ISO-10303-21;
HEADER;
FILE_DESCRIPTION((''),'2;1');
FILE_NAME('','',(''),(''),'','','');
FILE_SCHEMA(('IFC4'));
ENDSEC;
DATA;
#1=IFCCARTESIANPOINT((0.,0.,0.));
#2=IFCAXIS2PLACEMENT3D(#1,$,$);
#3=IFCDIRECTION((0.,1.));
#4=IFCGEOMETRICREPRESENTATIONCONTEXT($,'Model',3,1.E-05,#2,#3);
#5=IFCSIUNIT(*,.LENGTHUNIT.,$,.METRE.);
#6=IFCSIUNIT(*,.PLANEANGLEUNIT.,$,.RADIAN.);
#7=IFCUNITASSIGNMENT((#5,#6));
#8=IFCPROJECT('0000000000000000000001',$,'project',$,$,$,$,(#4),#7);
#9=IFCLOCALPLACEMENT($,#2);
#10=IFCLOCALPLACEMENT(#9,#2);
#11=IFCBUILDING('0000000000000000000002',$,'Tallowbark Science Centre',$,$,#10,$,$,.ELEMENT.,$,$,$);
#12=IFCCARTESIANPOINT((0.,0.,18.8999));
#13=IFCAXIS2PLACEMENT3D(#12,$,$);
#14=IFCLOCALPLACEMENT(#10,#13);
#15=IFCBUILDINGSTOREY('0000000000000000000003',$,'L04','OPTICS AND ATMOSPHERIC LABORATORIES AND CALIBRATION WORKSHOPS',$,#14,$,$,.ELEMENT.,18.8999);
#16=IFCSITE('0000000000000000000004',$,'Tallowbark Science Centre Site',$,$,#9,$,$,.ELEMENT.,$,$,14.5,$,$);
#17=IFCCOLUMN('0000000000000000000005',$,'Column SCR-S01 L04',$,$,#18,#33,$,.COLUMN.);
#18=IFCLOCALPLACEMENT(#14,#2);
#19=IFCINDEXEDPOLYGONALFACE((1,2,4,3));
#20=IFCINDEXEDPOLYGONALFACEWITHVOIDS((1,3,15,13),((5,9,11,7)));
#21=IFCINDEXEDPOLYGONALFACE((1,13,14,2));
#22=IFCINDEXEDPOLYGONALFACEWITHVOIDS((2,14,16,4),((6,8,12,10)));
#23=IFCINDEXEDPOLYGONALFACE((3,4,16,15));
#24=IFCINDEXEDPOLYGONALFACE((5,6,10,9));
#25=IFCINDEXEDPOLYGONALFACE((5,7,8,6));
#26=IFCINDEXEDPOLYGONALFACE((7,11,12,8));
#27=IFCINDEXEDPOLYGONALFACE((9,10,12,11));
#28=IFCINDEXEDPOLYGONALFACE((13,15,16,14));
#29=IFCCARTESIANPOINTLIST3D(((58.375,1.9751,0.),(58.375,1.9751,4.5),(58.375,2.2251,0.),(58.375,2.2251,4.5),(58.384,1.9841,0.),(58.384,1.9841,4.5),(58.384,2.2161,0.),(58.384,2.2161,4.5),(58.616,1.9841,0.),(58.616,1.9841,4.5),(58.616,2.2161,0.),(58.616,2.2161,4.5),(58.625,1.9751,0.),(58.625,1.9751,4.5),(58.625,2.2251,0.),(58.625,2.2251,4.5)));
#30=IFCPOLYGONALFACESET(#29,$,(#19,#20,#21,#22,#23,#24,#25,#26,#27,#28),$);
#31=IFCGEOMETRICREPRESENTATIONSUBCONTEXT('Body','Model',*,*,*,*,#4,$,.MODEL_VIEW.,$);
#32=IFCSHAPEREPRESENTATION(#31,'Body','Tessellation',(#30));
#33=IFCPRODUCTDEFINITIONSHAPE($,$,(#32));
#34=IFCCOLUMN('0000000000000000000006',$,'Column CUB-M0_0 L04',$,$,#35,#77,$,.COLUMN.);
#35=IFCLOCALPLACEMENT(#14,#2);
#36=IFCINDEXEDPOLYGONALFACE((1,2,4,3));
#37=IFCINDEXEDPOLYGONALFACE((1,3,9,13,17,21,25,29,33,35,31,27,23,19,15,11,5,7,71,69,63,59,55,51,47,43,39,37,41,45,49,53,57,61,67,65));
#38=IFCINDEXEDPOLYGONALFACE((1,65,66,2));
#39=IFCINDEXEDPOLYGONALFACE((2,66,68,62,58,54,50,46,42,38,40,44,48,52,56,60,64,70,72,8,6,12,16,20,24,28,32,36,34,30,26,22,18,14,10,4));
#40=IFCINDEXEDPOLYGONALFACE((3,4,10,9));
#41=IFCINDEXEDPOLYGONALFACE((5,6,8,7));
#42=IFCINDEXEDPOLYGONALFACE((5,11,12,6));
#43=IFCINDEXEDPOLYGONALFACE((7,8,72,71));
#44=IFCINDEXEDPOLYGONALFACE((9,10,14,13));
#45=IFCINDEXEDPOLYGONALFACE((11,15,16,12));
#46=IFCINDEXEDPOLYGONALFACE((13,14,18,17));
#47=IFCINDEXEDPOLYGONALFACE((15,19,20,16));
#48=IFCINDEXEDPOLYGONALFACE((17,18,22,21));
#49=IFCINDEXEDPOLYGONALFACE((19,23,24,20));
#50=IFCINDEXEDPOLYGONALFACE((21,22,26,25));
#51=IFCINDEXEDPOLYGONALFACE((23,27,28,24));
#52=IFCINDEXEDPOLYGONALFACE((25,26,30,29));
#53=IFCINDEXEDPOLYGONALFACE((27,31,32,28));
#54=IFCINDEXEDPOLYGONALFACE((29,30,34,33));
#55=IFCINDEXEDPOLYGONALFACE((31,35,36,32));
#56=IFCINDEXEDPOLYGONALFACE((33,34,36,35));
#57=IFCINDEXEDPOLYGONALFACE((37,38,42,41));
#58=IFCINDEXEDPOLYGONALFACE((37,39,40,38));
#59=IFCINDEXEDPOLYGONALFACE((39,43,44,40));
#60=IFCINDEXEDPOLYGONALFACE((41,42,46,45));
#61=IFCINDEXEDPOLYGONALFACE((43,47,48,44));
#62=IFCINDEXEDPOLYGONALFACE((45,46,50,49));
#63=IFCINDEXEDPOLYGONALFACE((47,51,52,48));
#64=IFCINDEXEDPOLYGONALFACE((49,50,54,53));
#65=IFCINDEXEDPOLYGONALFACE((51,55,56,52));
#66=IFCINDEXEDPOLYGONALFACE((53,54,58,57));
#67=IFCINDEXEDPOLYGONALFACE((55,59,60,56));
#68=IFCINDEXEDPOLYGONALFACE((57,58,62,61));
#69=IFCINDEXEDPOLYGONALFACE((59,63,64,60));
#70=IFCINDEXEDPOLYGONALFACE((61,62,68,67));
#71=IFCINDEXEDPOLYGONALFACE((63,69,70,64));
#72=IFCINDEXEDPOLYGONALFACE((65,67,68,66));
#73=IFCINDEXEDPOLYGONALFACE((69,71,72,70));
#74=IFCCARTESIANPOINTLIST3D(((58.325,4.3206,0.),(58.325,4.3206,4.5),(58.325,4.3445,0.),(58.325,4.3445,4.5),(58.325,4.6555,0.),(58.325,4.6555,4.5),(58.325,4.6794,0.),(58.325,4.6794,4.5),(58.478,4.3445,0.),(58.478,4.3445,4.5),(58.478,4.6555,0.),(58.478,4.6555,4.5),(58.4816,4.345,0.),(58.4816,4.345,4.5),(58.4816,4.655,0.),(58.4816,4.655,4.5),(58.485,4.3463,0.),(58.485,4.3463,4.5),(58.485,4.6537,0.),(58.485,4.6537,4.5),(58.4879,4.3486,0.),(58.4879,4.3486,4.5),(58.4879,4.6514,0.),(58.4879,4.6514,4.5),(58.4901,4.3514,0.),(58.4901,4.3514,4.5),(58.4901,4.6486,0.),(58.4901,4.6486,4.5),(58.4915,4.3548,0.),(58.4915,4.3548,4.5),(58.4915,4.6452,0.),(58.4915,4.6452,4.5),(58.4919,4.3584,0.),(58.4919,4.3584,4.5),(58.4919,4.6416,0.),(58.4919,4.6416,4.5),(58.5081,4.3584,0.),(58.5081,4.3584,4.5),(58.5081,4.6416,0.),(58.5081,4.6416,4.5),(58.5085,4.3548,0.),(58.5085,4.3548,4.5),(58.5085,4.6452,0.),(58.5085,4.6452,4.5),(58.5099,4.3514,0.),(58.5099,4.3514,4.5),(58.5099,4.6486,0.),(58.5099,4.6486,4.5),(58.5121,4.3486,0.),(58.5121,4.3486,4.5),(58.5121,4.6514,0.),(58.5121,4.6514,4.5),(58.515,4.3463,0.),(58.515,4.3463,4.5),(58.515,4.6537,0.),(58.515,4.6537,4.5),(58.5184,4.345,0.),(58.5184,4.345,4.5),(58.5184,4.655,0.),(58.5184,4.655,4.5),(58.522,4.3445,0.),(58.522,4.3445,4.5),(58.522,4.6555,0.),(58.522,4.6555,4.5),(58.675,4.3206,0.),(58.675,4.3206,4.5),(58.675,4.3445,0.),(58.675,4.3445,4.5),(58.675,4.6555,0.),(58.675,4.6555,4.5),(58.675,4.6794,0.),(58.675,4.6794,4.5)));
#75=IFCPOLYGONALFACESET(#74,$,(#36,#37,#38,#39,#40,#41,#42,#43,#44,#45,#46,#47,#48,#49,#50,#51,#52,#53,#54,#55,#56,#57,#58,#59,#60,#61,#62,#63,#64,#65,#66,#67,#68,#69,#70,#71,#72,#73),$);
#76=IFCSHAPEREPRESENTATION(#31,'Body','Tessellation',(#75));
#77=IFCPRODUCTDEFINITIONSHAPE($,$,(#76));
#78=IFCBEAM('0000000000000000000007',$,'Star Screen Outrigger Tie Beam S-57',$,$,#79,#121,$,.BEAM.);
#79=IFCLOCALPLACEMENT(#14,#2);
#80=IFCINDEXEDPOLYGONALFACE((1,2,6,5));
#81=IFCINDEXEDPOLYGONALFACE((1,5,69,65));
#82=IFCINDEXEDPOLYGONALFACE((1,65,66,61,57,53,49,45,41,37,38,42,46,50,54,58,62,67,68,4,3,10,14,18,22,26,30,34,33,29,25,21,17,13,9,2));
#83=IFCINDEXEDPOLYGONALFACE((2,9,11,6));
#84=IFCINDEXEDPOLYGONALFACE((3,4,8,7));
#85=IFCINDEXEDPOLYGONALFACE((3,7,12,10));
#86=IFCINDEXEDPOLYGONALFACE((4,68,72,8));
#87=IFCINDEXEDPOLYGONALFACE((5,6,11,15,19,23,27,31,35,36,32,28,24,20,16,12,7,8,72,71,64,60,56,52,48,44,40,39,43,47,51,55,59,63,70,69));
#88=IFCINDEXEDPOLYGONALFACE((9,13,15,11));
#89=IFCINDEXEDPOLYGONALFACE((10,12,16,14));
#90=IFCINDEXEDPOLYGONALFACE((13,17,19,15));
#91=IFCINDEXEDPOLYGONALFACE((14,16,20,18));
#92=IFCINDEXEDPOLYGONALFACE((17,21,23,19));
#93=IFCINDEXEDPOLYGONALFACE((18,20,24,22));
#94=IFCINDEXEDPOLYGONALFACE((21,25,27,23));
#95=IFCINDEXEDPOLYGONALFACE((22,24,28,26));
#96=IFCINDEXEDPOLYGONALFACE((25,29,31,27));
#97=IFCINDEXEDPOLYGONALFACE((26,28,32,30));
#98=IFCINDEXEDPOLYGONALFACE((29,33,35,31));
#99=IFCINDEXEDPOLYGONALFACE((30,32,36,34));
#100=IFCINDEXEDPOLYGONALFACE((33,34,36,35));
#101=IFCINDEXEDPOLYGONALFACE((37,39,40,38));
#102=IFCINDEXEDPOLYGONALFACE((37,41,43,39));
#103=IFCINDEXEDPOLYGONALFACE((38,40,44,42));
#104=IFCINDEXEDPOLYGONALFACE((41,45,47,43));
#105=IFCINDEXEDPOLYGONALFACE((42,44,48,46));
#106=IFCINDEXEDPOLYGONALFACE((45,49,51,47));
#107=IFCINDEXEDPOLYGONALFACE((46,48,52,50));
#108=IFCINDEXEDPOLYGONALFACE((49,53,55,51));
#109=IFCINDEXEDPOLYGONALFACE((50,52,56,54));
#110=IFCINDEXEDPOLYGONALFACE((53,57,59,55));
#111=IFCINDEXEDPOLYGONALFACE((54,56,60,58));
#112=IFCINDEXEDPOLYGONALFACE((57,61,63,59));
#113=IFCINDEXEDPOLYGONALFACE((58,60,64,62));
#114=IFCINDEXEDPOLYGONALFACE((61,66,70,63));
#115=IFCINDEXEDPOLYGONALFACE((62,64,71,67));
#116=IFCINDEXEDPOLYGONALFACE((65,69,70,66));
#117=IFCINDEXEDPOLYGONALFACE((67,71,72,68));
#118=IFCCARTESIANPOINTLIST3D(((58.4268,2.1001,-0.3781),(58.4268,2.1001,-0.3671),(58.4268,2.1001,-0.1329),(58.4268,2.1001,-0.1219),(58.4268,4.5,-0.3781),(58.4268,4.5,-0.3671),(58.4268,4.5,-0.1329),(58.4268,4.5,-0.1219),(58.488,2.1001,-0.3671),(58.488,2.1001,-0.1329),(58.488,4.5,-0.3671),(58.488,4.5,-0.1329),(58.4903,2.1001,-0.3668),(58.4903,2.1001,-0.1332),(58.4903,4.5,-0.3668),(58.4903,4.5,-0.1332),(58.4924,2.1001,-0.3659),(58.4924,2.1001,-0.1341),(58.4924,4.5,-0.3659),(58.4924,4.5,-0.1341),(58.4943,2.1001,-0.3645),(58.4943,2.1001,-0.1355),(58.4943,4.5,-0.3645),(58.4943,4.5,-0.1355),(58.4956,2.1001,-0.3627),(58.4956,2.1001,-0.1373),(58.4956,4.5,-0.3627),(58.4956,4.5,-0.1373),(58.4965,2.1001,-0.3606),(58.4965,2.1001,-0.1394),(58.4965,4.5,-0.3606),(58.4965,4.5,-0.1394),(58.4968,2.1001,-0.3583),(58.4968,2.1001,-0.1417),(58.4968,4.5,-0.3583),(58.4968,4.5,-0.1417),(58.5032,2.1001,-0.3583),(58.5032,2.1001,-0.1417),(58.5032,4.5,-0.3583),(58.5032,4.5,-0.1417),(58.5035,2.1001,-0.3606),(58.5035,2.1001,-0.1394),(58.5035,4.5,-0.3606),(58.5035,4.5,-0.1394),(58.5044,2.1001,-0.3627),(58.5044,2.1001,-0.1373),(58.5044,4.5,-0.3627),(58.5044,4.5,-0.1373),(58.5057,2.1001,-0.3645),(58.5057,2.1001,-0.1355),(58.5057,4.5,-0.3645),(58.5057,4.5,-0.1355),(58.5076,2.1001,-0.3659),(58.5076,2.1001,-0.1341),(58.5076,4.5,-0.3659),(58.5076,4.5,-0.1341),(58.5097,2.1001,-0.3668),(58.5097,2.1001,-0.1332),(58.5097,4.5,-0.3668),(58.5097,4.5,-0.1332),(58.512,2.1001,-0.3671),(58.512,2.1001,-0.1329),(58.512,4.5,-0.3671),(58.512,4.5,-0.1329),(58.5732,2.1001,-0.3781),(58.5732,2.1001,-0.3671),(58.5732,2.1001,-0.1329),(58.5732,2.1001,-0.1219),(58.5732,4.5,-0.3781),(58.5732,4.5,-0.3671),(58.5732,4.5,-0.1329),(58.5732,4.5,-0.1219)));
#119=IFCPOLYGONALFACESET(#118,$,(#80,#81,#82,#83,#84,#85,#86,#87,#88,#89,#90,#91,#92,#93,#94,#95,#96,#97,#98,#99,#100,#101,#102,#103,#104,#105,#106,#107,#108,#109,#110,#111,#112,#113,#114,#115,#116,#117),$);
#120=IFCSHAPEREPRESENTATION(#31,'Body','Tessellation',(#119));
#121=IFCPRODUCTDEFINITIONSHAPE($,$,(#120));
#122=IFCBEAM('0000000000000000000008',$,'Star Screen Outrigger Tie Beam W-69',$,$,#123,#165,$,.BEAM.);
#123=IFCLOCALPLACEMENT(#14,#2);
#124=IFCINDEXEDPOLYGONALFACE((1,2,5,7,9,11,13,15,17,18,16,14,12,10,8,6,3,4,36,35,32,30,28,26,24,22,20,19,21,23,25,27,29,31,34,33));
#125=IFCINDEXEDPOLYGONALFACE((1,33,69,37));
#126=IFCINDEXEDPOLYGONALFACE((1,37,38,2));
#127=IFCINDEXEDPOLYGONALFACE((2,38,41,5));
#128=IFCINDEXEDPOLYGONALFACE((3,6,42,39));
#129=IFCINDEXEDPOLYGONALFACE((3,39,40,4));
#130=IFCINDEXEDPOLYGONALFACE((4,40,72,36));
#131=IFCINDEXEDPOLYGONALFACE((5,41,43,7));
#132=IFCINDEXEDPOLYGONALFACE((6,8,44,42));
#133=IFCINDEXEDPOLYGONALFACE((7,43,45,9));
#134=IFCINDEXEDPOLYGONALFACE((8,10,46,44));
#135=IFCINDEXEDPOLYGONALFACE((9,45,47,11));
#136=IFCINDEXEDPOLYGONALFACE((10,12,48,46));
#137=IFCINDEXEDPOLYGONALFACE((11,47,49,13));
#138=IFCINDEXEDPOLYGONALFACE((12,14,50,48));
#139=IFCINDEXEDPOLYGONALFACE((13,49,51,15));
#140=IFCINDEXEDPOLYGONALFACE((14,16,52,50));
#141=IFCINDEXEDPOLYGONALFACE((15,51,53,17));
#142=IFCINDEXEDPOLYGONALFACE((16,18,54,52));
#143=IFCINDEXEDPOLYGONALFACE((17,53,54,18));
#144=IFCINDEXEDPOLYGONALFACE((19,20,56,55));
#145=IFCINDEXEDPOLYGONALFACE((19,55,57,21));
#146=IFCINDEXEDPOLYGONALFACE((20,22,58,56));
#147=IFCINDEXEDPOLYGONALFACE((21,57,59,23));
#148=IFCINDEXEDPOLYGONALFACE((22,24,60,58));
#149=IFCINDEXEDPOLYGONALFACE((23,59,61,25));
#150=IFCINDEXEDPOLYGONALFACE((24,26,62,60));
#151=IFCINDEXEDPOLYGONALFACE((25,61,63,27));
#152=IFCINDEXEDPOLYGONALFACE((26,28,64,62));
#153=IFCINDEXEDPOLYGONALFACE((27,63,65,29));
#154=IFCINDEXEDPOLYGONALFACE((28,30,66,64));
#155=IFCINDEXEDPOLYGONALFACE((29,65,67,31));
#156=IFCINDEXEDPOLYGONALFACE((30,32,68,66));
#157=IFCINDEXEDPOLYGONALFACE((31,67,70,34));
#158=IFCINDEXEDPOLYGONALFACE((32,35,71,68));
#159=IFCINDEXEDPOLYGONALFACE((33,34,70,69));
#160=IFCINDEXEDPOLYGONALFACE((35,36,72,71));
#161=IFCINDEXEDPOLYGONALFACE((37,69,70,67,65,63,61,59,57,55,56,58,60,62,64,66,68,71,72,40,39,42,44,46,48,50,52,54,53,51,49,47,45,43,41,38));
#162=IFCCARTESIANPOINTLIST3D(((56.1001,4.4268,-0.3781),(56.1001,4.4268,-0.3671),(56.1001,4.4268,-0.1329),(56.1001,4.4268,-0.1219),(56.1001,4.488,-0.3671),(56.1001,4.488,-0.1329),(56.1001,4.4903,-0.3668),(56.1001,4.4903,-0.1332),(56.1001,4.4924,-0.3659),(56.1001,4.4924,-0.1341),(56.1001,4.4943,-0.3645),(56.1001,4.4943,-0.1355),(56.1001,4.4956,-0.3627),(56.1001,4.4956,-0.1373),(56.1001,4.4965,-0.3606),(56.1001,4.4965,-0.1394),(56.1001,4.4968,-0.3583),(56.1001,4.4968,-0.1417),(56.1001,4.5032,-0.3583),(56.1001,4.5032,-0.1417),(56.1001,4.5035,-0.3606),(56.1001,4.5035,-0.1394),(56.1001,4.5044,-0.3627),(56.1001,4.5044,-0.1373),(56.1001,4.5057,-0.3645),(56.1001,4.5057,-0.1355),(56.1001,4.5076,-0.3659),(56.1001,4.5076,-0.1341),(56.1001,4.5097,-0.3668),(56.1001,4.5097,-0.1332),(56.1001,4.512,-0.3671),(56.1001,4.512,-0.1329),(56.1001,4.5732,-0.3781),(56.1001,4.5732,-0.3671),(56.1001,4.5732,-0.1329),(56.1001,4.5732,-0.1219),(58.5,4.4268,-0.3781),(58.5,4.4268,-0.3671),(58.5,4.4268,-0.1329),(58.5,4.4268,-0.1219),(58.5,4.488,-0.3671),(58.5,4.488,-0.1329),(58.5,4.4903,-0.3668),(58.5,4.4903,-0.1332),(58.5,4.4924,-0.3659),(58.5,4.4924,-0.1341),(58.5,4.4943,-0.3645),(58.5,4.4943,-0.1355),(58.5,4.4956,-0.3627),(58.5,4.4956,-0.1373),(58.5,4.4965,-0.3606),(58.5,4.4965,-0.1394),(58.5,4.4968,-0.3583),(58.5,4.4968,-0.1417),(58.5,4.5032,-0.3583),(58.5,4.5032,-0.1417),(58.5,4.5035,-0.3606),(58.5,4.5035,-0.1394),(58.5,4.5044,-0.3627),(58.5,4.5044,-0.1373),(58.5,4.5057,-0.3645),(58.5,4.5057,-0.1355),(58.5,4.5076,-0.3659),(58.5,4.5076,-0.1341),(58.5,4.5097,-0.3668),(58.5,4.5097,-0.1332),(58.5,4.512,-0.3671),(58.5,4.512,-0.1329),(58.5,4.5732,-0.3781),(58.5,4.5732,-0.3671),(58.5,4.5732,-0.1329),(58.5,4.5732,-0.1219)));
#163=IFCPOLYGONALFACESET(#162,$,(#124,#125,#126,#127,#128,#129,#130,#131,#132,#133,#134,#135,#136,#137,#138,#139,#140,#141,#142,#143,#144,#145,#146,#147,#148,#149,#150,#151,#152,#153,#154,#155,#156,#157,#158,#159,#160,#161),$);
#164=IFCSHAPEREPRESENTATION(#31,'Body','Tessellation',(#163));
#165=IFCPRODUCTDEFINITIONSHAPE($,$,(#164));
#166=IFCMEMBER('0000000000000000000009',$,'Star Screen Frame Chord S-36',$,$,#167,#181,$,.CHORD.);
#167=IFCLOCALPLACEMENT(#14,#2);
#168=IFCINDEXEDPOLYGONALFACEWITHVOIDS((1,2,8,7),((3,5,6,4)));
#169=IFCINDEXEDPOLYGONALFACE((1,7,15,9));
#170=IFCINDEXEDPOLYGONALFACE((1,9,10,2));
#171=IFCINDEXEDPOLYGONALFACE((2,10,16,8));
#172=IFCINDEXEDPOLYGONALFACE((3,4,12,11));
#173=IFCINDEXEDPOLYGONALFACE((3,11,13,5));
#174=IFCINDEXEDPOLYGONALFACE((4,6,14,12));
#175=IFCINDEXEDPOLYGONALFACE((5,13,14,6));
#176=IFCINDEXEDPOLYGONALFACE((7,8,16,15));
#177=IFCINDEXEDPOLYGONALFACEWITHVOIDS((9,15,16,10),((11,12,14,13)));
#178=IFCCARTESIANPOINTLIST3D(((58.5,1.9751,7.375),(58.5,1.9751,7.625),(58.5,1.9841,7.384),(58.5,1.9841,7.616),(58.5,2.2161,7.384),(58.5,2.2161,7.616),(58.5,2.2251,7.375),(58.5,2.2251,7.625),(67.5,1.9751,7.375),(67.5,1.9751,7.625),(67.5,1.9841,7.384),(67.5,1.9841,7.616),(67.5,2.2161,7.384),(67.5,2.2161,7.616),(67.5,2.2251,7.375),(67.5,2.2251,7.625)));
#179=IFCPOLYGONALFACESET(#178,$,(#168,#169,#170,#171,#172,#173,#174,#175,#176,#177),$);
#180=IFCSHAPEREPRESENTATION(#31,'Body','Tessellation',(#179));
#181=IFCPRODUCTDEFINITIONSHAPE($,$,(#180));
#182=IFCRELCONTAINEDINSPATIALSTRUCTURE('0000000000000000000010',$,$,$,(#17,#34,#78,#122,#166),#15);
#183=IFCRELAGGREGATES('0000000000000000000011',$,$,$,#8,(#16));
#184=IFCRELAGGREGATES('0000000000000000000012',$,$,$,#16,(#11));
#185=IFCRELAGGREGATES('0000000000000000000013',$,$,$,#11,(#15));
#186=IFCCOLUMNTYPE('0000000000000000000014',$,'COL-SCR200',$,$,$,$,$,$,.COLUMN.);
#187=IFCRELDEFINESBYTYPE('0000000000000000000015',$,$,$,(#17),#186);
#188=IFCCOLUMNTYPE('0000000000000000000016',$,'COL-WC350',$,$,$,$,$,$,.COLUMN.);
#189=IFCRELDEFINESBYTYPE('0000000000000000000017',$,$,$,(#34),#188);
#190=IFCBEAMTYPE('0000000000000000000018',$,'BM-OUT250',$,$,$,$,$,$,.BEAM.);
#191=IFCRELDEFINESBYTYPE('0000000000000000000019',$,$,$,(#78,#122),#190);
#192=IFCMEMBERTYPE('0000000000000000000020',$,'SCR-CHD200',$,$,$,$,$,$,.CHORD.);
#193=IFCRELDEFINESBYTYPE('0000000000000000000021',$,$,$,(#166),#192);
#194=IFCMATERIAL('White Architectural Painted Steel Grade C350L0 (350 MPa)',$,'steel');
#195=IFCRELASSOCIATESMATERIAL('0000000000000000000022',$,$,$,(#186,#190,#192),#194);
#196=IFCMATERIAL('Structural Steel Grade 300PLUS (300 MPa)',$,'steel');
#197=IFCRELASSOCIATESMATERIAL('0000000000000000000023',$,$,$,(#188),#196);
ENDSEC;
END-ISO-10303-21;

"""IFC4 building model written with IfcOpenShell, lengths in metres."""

from ifc_helpers import new_model, si_unit, direction, frame, origin, origin_2d, place, context, subcontext, project, spatial, hollow_rectangle, i_section, extrude, material, material_profile, profile_set, type_object, element, save


model = new_model("IFC4")

# Units and contexts
model_context = context("Model", 3, precision=1e-05, world=origin(), true_north=direction((0.0, 1.0)))
body_context = subcontext(model_context, "Body", "Model", "MODEL_VIEW")
ifc_project = project(units=[si_unit("LENGTHUNIT", "METRE"), si_unit("PLANEANGLEUNIT", "RADIAN")], contexts=[model_context])

# Site, building, storey
site_placement = place(None, origin())
site = spatial("IfcSite", under=ifc_project, at=site_placement, Name="Tallowbark Science Centre Site", CompositionType="ELEMENT", RefElevation=14.5)
building_placement = place(site_placement, origin())
building = spatial("IfcBuilding", under=site, at=building_placement, Name="Tallowbark Science Centre", CompositionType="ELEMENT")
storey_placement = place(building_placement, frame((0.0, 0.0, 18.8999)))
storey = spatial("IfcBuildingStorey", under=building, at=storey_placement, Name="L04", Description="OPTICS AND ATMOSPHERIC LABORATORIES AND CALIBRATION WORKSHOPS", CompositionType="ELEMENT", Elevation=18.8999)

# Columns
ifc_material_1 = material(Name="White Architectural Painted Steel Grade C350L0 (350 MPa)", Category="steel")
ifc_material_profile_1 = material_profile(ifc_material_1, hollow_rectangle(XDim=0.25, YDim=0.25, WallThickness=0.009, at=origin_2d()), Name="250x250x9.0SHS")
ifc_profile_set_1 = profile_set([ifc_material_profile_1], Name="White Architectural Painted Steel Grade C350L0 (350 MPa)")
column_type_1 = type_object("IfcColumnType", Name="COL-SCR200", PredefinedType="COLUMN", material=ifc_profile_set_1)
column_1_placement = place(storey_placement, frame((58.5, 2.1001, 0.0), z_axis=(0.0, 0.0, 1.0), x_axis=(1.0, 0.0, 0.0)))
element("IfcColumn", 1, at=column_1_placement, inside=storey, type_object=column_type_1, Name="Column SCR-S01 L04", PredefinedType="COLUMN", context=body_context, shape_type="SweptSolid", body=[
    extrude(hollow_rectangle(XDim=0.25, YDim=0.25, WallThickness=0.009, at=origin_2d()), origin(), (0.0, 0.0, 1.0), 4.5),
])
ifc_material_2 = material(Name="Structural Steel Grade 300PLUS (300 MPa)", Category="steel")
ifc_material_profile_2 = material_profile(ifc_material_2, i_section(OverallWidth=0.3501, OverallDepth=0.3589, WebThickness=0.0161, FlangeThickness=0.0239, FilletRadius=0.0139, at=origin_2d()), Name="350WC197")
ifc_profile_set_2 = profile_set([ifc_material_profile_2], Name="Structural Steel Grade 300PLUS (300 MPa)")
column_type_2 = type_object("IfcColumnType", Name="COL-WC350", PredefinedType="COLUMN", material=ifc_profile_set_2)
column_2_placement = place(storey_placement, frame((58.5, 4.5, 0.0), z_axis=(0.0, 0.0, 1.0), x_axis=(1.0, 0.0, 0.0)))
element("IfcColumn", 2, at=column_2_placement, inside=storey, type_object=column_type_2, Name="Column CUB-M0_0 L04", PredefinedType="COLUMN", context=body_context, shape_type="SweptSolid", body=[
    extrude(i_section(OverallWidth=0.3501, OverallDepth=0.3589, WebThickness=0.0161, FlangeThickness=0.0239, FilletRadius=0.0139, at=origin_2d()), origin(), (0.0, 0.0, 1.0), 4.5),
])

# Beams
ifc_material_profile_3 = material_profile(ifc_material_1, i_section(OverallWidth=0.1465, OverallDepth=0.2561, WebThickness=0.0063, FlangeThickness=0.011, FilletRadius=0.0088, at=origin_2d()), Name="250UB37.3")
ifc_profile_set_3 = profile_set([ifc_material_profile_3], Name="White Architectural Painted Steel Grade C350L0 (350 MPa)")
beam_type_1 = type_object("IfcBeamType", Name="BM-OUT250", PredefinedType="BEAM", material=ifc_profile_set_3)
for number, where, z_axis, x_axis, name in (
    (3, (58.5, 4.5, -0.25), (0.0, -1.0, 0.0), (1.0, 0.0, 0.0), "Star Screen Outrigger Tie Beam S-57"),
    (4, (58.5, 4.5, -0.25), (-1.0, 0.0, 0.0), (0.0, -1.0, 0.0), "Star Screen Outrigger Tie Beam W-69"),
):
    element("IfcBeam", number, at=place(storey_placement, frame(where, z_axis=z_axis, x_axis=x_axis)), inside=storey, type_object=beam_type_1, Name=name, PredefinedType="BEAM", context=body_context, shape_type="SweptSolid", body=[
        extrude(i_section(OverallWidth=0.1465, OverallDepth=0.2561, WebThickness=0.0063, FlangeThickness=0.011, FilletRadius=0.0088, at=origin_2d()), origin(), (0.0, 0.0, 1.0), 2.3999),
    ])

# Member
ifc_material_profile_4 = material_profile(ifc_material_1, hollow_rectangle(XDim=0.25, YDim=0.25, WallThickness=0.009, at=origin_2d()), Name="250x250x9.0SHS")
ifc_profile_set_4 = profile_set([ifc_material_profile_4], Name="White Architectural Painted Steel Grade C350L0 (350 MPa)")
member_type_1 = type_object("IfcMemberType", Name="SCR-CHD200", PredefinedType="CHORD", material=ifc_profile_set_4)
member_1_placement = place(storey_placement, frame((58.5, 2.1001, 7.5), z_axis=(1.0, 0.0, 0.0), x_axis=(0.0, 1.0, 0.0)))
element("IfcMember", 5, at=member_1_placement, inside=storey, type_object=member_type_1, Name="Star Screen Frame Chord S-36", PredefinedType="CHORD", context=body_context, shape_type="SweptSolid", body=[
    extrude(hollow_rectangle(XDim=0.25, YDim=0.25, WallThickness=0.009, at=origin_2d()), origin(), (0.0, 0.0, 1.0), 9.0),
])

save(model, "model.ifc")
